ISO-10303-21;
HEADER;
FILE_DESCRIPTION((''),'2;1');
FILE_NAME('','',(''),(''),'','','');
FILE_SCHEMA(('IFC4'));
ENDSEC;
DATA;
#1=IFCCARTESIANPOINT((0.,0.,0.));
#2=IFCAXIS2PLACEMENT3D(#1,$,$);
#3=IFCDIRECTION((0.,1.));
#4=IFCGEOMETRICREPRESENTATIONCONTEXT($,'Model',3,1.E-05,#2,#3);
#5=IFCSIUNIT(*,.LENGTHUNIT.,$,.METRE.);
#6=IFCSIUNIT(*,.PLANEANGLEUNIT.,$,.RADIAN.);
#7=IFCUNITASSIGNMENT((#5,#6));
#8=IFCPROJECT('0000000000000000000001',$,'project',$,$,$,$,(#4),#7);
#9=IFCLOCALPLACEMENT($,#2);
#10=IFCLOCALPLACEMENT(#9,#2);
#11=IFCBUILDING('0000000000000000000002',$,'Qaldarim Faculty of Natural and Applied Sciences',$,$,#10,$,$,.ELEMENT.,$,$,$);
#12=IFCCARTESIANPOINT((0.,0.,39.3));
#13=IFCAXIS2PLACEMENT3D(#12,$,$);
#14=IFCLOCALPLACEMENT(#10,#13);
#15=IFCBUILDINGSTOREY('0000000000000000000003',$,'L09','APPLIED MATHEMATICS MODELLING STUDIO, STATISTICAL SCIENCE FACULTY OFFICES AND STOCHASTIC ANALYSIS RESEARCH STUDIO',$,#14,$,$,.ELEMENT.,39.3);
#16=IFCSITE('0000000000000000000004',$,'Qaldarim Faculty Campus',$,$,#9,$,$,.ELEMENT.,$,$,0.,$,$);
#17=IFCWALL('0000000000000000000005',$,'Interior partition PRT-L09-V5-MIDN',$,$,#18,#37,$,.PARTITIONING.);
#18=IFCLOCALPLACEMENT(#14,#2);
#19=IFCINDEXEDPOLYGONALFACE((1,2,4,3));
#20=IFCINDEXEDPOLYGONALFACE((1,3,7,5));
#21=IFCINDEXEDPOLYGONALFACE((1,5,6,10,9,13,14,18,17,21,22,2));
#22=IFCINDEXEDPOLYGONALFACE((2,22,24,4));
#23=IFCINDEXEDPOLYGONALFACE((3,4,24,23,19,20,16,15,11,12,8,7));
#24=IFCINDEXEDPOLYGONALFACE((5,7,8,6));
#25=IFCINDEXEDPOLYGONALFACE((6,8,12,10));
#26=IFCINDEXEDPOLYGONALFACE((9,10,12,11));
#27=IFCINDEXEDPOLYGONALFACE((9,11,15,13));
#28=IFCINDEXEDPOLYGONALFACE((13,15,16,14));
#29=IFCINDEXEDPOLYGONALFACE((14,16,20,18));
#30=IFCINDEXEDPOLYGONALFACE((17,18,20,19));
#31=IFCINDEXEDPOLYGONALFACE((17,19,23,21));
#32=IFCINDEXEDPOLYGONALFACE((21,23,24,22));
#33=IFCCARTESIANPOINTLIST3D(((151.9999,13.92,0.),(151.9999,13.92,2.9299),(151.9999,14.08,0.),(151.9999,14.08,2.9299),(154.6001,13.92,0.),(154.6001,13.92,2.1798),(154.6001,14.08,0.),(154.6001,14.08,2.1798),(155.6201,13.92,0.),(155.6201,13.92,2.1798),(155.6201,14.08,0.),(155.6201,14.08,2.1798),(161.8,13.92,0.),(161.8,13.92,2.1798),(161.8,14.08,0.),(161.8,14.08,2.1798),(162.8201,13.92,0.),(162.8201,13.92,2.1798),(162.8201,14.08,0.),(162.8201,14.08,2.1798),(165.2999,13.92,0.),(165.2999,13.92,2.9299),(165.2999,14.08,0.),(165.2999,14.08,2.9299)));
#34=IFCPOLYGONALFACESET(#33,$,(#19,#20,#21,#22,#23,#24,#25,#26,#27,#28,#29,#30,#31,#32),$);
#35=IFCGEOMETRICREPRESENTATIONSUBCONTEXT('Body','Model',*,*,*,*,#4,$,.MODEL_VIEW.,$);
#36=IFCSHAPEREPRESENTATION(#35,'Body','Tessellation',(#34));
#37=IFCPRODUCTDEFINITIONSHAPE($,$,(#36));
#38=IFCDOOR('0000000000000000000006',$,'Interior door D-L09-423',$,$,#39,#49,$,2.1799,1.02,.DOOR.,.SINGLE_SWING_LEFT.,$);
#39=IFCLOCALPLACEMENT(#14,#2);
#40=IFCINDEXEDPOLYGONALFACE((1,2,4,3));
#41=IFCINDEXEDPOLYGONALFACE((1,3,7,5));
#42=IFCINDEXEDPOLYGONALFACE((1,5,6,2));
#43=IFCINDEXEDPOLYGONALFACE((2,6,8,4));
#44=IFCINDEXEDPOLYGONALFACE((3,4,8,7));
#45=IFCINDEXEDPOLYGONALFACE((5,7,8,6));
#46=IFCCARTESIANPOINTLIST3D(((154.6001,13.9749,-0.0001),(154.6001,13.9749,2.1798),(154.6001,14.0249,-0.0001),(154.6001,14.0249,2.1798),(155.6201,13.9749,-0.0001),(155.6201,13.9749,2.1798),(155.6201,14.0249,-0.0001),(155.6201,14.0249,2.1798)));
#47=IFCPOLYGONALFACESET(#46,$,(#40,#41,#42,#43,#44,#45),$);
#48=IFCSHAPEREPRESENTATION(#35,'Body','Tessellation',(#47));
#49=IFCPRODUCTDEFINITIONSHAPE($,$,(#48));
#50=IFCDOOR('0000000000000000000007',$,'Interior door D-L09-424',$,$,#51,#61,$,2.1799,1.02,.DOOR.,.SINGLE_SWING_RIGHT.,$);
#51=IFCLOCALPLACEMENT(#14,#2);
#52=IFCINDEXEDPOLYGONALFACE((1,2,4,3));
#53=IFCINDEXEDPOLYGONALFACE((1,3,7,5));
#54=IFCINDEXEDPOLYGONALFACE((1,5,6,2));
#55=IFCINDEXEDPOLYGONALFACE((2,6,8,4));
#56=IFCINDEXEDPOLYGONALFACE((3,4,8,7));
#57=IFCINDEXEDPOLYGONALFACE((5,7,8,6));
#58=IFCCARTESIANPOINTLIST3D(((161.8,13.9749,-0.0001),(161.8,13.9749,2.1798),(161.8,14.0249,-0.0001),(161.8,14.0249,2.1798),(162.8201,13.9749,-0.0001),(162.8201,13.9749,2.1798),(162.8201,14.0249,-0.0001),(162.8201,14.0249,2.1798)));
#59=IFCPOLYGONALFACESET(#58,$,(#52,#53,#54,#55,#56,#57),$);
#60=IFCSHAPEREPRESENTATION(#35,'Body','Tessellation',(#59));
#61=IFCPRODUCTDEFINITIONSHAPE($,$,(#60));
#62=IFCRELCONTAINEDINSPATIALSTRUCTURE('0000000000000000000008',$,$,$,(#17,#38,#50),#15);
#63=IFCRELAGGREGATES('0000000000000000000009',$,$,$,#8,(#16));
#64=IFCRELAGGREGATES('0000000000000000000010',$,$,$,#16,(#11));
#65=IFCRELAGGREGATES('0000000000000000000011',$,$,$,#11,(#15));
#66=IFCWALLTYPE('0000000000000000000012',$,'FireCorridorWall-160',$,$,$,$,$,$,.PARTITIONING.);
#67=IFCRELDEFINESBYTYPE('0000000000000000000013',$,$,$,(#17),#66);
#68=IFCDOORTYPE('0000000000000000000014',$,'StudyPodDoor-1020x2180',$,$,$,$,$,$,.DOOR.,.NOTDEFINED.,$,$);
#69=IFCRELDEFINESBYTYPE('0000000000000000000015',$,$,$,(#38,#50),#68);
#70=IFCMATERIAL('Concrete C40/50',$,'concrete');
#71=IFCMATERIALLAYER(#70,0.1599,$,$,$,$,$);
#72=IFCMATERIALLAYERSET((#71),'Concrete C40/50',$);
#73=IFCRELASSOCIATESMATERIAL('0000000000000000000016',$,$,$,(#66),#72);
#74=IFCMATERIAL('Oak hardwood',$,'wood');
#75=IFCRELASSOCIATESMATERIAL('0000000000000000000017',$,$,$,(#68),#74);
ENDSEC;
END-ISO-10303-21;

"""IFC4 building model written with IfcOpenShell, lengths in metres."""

from ifc_helpers import new_model, si_unit, direction, frame, frame_2d, origin, place, context, subcontext, project, spatial, rectangle, extrude, material, layer, layer_set, type_object, element, fill, save


model = new_model("IFC4")

# Units and contexts
model_context = context("Model", 3, precision=1e-05, world=origin(), true_north=direction((0.0, 1.0)))
body_context = subcontext(model_context, "Body", "Model", "MODEL_VIEW")
ifc_project = project(units=[si_unit("LENGTHUNIT", "METRE"), si_unit("PLANEANGLEUNIT", "RADIAN")], contexts=[model_context])

# Site, building, storey
site_placement = place(None, origin())
site = spatial("IfcSite", under=ifc_project, at=site_placement, Name="Qaldarim Faculty Campus", CompositionType="ELEMENT", RefElevation=0.0)
building_placement = place(site_placement, origin())
building = spatial("IfcBuilding", under=site, at=building_placement, Name="Qaldarim Faculty of Natural and Applied Sciences", CompositionType="ELEMENT")
storey_placement = place(building_placement, frame((0.0, 0.0, 39.3)))
storey = spatial("IfcBuildingStorey", under=building, at=storey_placement, Name="L09", Description="APPLIED MATHEMATICS MODELLING STUDIO, STATISTICAL SCIENCE FACULTY OFFICES AND STOCHASTIC ANALYSIS RESEARCH STUDIO", CompositionType="ELEMENT", Elevation=39.3)

# Shared definitions
ifc_material_1 = material(Name="Concrete C40/50", Category="concrete")

# Wall, openings, doors
ifc_layer_1 = layer(ifc_material_1, 0.1599)
ifc_layer_set_1 = layer_set([ifc_layer_1], Name="Concrete C40/50")
wall_type_1 = type_object("IfcWallType", Name="FireCorridorWall-160", PredefinedType="PARTITIONING", material=ifc_layer_set_1)
wall_1_placement = place(storey_placement, frame((152.0, 14.0, 0.0), z_axis=(0.0, 0.0, 1.0), x_axis=(1.0, 0.0, 0.0)))
wall_1 = element("IfcWall", 1, at=wall_1_placement, inside=storey, type_object=wall_type_1, Name="Interior partition PRT-L09-V5-MIDN", PredefinedType="PARTITIONING", context=body_context, shape_type="SweptSolid", body=[
    extrude(rectangle(XDim=13.3, YDim=0.1599, at=frame_2d((6.6499, 0.0))), origin(), (0.0, 0.0, 1.0), 2.9299),
])
opening_1_placement = place(wall_1_placement, frame((2.6001, 0.0, 0.0)))
opening_1 = element("IfcOpeningElement", 2, at=opening_1_placement, cuts=wall_1, PredefinedType="OPENING", context=body_context, shape_type="SweptSolid", body=[
    extrude(rectangle(XDim=1.02, YDim=2.1799, at=frame_2d((0.51, 1.0898))), frame((0.0, 0.0898, 0.0), z_axis=(0.0, -1.0, 0.0), x_axis=(1.0, 0.0, 0.0)), (0.0, 0.0, 1.0), 0.1799),
])
opening_2_placement = place(wall_1_placement, frame((9.8, 0.0, 0.0)))
opening_2 = element("IfcOpeningElement", 3, at=opening_2_placement, cuts=wall_1, PredefinedType="OPENING", context=body_context, shape_type="SweptSolid", body=[
    extrude(rectangle(XDim=1.02, YDim=2.1799, at=frame_2d((0.51, 1.0898))), frame((0.0, 0.0898, 0.0), z_axis=(0.0, -1.0, 0.0), x_axis=(1.0, 0.0, 0.0)), (0.0, 0.0, 1.0), 0.1799),
])
ifc_material_2 = material(Name="Oak hardwood", Category="wood")
door_type = type_object("IfcDoorType", Name="StudyPodDoor-1020x2180", OperationType="NOTDEFINED", PredefinedType="DOOR", material=ifc_material_2)
door_1_placement = place(opening_1_placement, origin())
door_1 = element("IfcDoor", 4, at=door_1_placement, inside=storey, type_object=door_type, Name="Interior door D-L09-423", OperationType="SINGLE_SWING_LEFT", OverallHeight=2.1799, OverallWidth=1.02, PredefinedType="DOOR", context=body_context, shape_type="SweptSolid", body=[
    extrude(rectangle(XDim=1.02, YDim=2.1799, at=frame_2d((0.51, 1.0898))), frame((0.0, 0.0249, 0.0), z_axis=(0.0, -1.0, 0.0), x_axis=(1.0, 0.0, 0.0)), (0.0, 0.0, 1.0), 0.05),
])
fill(opening_1, door_1)
door_2_placement = place(opening_2_placement, origin())
door_2 = element("IfcDoor", 5, at=door_2_placement, inside=storey, type_object=door_type, Name="Interior door D-L09-424", OperationType="SINGLE_SWING_RIGHT", OverallHeight=2.1799, OverallWidth=1.02, PredefinedType="DOOR", context=body_context, shape_type="SweptSolid", body=[
    extrude(rectangle(XDim=1.02, YDim=2.1799, at=frame_2d((0.51, 1.0898))), frame((0.0, 0.0249, 0.0), z_axis=(0.0, -1.0, 0.0), x_axis=(1.0, 0.0, 0.0)), (0.0, 0.0, 1.0), 0.05),
])
fill(opening_2, door_2)

save(model, "model.ifc")
